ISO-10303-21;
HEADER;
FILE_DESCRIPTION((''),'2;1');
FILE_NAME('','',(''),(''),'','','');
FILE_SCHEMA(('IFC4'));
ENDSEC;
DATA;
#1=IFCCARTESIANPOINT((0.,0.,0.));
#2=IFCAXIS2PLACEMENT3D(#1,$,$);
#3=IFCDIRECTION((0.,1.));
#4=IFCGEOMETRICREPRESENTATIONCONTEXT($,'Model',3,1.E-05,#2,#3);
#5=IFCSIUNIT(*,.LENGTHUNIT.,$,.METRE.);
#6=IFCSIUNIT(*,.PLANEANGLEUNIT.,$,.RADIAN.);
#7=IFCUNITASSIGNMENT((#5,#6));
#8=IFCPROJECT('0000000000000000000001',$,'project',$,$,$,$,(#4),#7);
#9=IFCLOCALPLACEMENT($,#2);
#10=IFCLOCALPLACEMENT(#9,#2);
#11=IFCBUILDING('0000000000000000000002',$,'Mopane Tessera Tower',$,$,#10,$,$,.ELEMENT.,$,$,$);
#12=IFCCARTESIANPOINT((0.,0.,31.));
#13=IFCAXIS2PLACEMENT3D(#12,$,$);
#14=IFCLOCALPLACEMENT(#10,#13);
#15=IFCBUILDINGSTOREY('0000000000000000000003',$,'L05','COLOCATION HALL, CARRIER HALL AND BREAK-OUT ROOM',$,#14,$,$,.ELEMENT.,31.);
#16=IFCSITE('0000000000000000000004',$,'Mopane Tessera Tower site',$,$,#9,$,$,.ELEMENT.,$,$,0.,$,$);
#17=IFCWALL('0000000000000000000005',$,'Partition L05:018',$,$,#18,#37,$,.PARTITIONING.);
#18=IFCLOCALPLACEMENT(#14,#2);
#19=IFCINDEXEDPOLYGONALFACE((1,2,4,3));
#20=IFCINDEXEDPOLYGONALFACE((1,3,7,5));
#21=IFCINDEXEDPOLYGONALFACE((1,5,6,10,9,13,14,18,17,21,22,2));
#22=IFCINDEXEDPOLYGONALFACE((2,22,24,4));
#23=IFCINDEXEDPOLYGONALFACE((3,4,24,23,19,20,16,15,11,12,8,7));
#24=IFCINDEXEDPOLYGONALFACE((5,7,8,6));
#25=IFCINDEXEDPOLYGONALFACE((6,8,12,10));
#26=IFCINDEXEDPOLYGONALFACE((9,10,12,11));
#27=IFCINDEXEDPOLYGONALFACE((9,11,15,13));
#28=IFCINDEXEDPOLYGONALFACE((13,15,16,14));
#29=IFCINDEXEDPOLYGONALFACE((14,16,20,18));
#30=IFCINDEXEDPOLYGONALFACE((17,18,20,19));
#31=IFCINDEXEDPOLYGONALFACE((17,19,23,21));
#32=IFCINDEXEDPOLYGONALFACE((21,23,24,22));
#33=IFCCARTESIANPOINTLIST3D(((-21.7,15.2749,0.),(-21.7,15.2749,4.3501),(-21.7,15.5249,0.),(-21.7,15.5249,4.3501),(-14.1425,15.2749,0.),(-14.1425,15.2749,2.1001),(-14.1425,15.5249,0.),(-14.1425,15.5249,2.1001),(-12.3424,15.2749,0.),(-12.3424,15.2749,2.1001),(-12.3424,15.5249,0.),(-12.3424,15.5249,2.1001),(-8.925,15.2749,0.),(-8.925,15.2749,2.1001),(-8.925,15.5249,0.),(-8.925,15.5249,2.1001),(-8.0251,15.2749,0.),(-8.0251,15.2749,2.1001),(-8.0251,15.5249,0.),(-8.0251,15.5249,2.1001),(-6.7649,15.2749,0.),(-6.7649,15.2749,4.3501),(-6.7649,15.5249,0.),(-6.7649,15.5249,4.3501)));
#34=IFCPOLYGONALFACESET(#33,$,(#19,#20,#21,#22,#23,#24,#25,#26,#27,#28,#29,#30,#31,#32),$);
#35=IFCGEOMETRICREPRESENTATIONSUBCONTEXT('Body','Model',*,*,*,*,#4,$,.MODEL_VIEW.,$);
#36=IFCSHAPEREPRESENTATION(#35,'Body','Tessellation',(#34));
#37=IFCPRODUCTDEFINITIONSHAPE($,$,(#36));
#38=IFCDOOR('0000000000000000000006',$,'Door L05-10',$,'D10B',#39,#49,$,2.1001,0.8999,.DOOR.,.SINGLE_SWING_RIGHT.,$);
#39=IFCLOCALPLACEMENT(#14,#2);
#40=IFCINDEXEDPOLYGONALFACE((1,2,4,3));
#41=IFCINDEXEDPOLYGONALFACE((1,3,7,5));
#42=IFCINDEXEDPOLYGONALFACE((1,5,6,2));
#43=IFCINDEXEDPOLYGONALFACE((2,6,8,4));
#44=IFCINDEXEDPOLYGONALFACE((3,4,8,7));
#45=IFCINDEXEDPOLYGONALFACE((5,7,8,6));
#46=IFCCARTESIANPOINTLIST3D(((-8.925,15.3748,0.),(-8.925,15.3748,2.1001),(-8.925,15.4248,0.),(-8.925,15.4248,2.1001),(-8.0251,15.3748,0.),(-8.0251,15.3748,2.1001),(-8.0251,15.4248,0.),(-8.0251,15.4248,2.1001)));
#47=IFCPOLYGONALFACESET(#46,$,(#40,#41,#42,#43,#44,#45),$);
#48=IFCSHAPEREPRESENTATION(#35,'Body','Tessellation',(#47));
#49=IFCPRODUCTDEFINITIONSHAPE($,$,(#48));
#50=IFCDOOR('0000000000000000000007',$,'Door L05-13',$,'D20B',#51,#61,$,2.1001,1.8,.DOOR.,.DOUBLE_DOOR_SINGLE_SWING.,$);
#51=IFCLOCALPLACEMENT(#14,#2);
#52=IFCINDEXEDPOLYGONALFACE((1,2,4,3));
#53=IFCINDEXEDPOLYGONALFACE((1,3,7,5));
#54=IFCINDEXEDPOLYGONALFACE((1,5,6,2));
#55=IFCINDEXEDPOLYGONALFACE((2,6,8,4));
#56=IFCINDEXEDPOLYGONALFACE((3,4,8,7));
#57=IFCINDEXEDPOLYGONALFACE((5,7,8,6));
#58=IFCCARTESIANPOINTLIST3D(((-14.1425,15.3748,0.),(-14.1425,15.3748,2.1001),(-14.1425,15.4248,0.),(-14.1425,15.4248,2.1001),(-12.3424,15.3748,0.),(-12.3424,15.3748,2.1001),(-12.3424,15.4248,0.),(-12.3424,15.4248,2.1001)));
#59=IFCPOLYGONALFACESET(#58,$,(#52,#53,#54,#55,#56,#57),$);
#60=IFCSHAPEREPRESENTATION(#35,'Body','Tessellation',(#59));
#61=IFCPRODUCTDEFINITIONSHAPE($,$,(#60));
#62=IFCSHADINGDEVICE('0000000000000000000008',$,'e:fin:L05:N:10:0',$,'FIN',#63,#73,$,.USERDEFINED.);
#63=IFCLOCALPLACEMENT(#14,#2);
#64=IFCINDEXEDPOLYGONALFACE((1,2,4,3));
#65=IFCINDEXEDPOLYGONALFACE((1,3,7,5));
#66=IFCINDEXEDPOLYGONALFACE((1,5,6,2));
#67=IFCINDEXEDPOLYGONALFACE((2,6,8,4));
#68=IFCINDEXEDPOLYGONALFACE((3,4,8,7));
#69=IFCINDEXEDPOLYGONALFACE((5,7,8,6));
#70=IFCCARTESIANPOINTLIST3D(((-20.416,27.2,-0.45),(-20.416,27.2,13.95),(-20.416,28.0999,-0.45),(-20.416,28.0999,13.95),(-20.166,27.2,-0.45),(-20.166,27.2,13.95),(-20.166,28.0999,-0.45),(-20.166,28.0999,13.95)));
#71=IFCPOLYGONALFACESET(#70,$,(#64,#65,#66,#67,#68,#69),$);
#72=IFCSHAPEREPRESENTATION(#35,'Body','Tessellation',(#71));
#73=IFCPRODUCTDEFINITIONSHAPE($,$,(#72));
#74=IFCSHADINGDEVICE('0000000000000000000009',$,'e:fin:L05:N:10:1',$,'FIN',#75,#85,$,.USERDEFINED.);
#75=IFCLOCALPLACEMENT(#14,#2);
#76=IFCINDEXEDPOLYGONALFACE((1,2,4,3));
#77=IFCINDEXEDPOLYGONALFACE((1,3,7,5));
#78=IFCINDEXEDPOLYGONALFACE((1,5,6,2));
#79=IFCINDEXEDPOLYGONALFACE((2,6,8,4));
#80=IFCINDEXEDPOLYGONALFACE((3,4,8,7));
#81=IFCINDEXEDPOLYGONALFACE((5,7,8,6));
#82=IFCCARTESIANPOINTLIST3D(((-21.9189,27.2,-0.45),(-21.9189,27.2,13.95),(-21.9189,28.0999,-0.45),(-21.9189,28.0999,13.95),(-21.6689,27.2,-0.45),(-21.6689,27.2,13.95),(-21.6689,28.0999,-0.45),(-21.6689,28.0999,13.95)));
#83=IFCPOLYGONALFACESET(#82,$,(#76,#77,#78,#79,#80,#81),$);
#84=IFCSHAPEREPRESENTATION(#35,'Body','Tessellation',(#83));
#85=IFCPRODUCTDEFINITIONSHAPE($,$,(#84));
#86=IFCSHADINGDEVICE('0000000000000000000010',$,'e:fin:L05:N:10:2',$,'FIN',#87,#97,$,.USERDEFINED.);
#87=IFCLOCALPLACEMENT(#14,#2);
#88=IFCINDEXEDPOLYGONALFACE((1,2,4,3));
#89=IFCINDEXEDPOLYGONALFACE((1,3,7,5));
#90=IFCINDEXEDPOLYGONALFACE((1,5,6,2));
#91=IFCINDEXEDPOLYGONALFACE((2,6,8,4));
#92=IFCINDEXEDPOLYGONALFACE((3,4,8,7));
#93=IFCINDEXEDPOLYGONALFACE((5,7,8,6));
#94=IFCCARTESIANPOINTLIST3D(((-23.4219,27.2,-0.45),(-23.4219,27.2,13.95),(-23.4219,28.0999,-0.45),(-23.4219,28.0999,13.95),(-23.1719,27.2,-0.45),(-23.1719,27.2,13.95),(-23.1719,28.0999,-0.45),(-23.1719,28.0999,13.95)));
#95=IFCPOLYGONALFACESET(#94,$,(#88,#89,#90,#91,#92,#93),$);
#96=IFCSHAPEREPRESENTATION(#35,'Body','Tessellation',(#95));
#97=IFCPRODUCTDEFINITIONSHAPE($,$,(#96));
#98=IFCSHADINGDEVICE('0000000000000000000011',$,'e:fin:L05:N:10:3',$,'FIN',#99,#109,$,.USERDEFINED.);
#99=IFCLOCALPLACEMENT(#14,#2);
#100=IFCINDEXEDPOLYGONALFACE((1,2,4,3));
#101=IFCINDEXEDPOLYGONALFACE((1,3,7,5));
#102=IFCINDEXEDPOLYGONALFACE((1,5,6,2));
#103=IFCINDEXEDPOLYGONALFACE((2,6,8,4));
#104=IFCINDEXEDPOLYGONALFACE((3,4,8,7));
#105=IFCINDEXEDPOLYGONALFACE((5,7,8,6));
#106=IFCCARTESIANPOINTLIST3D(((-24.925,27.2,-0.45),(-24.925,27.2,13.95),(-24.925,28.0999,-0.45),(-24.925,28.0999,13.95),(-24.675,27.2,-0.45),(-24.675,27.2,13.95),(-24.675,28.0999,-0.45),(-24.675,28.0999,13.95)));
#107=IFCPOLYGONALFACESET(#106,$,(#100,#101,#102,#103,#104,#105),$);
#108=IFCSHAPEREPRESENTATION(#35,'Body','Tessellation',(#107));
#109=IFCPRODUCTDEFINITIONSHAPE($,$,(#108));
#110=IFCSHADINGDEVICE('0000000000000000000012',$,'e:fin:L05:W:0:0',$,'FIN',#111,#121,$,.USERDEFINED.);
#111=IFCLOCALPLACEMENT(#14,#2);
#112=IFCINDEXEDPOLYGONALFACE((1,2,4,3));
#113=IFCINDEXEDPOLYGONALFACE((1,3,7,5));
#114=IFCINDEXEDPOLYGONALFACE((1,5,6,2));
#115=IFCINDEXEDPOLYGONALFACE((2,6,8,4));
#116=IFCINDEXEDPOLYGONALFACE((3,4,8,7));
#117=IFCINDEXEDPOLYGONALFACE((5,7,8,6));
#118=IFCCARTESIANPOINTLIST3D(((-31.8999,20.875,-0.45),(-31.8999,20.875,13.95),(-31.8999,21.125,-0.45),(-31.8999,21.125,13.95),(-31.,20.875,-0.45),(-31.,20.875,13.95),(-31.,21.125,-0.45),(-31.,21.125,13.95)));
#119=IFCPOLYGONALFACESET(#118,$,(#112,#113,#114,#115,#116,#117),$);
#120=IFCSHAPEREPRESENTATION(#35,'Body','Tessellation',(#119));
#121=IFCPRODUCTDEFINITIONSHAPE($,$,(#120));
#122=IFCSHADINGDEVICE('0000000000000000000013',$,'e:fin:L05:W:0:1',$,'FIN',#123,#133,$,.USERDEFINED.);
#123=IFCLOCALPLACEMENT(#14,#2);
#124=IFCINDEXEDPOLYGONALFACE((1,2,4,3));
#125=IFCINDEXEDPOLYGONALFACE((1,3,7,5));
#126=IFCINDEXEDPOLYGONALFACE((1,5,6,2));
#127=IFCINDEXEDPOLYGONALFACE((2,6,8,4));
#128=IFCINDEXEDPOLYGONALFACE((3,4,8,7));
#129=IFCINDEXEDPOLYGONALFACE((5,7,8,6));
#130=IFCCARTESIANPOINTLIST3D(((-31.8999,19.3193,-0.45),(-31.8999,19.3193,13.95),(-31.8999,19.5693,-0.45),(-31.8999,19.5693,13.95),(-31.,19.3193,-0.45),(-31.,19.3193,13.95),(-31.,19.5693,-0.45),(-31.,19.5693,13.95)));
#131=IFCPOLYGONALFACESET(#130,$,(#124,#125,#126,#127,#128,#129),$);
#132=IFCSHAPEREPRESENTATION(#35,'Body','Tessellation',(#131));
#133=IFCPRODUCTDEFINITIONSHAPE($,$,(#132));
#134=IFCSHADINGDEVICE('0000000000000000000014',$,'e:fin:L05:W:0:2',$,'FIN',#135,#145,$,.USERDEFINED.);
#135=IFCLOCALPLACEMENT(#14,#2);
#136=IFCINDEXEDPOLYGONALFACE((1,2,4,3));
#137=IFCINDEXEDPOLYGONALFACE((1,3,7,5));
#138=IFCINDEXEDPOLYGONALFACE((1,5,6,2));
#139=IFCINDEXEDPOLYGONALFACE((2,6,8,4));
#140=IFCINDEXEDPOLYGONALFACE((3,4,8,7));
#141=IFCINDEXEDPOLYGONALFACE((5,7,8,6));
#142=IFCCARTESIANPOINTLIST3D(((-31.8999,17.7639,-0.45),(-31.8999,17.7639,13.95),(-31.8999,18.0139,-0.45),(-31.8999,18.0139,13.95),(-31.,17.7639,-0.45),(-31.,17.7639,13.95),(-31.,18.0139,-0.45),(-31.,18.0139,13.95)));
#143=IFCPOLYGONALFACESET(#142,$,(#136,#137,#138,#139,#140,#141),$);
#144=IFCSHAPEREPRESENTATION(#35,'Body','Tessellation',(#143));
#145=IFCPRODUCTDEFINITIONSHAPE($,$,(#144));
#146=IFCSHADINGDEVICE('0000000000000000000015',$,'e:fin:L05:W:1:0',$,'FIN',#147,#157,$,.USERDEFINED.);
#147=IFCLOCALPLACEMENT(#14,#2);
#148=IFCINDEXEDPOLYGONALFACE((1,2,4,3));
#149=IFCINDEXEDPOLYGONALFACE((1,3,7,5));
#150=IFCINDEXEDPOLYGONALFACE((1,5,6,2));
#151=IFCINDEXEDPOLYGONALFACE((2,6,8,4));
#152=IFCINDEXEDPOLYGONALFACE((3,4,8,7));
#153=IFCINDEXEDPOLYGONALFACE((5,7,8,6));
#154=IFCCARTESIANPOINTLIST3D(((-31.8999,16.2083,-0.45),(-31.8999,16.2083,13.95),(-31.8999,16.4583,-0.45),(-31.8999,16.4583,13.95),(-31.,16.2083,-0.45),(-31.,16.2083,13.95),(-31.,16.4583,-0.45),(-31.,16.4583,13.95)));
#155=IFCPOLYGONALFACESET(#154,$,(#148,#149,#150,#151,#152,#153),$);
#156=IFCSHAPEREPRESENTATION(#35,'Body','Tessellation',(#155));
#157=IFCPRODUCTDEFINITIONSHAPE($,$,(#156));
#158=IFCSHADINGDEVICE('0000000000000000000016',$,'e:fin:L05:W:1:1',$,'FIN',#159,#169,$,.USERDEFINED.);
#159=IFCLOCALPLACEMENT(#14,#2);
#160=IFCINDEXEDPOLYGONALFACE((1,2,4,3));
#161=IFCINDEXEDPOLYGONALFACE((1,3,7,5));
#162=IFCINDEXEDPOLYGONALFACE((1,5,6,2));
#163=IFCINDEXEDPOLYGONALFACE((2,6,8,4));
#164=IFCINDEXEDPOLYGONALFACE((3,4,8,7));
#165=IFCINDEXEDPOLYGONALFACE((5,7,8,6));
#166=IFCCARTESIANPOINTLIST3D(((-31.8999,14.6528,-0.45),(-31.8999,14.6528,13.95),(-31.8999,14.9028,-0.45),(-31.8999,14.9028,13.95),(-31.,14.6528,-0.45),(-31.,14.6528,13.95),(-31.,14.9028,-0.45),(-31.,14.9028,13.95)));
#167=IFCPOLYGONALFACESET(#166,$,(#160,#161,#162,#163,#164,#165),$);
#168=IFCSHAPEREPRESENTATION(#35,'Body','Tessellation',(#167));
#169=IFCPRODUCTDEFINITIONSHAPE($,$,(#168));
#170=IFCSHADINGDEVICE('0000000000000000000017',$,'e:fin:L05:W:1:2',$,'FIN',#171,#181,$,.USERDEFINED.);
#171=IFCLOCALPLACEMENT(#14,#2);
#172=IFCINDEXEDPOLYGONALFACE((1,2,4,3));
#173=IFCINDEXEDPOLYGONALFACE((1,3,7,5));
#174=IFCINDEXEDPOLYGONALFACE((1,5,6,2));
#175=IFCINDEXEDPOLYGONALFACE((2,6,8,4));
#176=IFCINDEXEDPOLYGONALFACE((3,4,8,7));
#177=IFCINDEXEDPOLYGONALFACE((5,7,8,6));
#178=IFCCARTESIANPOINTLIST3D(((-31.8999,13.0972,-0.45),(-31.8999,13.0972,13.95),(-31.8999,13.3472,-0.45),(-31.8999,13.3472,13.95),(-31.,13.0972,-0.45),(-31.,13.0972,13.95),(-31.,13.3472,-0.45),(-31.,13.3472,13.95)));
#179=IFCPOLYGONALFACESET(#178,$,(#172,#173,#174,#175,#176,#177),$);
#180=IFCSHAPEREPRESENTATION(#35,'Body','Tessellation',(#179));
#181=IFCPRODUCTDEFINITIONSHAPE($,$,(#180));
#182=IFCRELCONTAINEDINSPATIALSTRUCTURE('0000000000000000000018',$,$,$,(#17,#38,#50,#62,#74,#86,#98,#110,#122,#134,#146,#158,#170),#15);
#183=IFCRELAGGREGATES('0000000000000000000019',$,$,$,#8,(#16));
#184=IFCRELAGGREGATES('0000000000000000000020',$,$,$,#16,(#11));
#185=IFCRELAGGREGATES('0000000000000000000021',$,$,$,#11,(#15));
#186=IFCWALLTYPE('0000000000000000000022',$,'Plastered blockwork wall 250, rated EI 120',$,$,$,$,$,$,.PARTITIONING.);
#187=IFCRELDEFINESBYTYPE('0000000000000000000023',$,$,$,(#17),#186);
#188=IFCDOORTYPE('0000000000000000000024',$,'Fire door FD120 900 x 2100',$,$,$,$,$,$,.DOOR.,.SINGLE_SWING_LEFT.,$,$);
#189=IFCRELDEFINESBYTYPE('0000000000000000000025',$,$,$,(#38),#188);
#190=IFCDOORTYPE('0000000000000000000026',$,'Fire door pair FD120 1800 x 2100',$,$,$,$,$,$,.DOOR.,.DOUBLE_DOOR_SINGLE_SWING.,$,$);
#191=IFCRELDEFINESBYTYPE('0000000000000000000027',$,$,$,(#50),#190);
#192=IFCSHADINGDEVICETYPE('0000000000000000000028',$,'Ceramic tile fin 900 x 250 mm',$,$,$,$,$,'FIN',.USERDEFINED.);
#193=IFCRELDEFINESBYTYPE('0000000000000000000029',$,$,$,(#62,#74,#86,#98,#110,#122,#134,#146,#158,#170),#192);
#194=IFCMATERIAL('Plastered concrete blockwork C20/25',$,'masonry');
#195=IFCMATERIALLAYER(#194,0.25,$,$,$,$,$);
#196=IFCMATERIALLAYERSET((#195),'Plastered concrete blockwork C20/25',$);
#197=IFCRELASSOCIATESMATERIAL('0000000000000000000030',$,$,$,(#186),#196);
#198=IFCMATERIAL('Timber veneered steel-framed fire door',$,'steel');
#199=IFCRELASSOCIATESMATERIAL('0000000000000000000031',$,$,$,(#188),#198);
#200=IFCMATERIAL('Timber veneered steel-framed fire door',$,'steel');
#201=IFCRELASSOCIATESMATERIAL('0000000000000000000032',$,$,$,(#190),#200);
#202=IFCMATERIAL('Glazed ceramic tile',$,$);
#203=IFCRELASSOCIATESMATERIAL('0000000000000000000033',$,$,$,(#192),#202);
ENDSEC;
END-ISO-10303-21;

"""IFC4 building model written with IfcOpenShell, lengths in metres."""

from ifc_helpers import new_model, si_unit, direction, frame, frame_2d, origin, origin_2d, place, context, subcontext, project, spatial, rectangle, extrude, material, layer, layer_set, type_object, element, fill, save


model = new_model("IFC4")

# Units and contexts
model_context = context("Model", 3, precision=1e-05, world=origin(), true_north=direction((0.0, 1.0)))
body_context = subcontext(model_context, "Body", "Model", "MODEL_VIEW")
ifc_project = project(units=[si_unit("LENGTHUNIT", "METRE"), si_unit("PLANEANGLEUNIT", "RADIAN")], contexts=[model_context])

# Site, building, storey
site_placement = place(None, origin())
site = spatial("IfcSite", under=ifc_project, at=site_placement, Name="Mopane Tessera Tower site", CompositionType="ELEMENT", RefElevation=0.0)
building_placement = place(site_placement, origin())
building = spatial("IfcBuilding", under=site, at=building_placement, Name="Mopane Tessera Tower", CompositionType="ELEMENT")
storey_placement = place(building_placement, frame((0.0, 0.0, 31.0)))
storey = spatial("IfcBuildingStorey", under=building, at=storey_placement, Name="L05", Description="COLOCATION HALL, CARRIER HALL AND BREAK-OUT ROOM", CompositionType="ELEMENT", Elevation=31.0)

# Wall, openings, doors
ifc_material_1 = material(Name="Plastered concrete blockwork C20/25", Category="masonry")
ifc_layer_1 = layer(ifc_material_1, 0.25)
ifc_layer_set_1 = layer_set([ifc_layer_1], Name="Plastered concrete blockwork C20/25")
wall_type_1 = type_object("IfcWallType", Name="Plastered blockwork wall 250, rated EI 120", PredefinedType="PARTITIONING", material=ifc_layer_set_1)
wall_1_placement = place(storey_placement, frame((-21.7, 15.3999, 0.0), z_axis=(0.0, 0.0, 1.0), x_axis=(1.0, 0.0, 0.0)))
wall_1 = element("IfcWall", 1, at=wall_1_placement, inside=storey, type_object=wall_type_1, Name="Partition L05:018", PredefinedType="PARTITIONING", context=body_context, shape_type="SweptSolid", body=[
    extrude(rectangle(XDim=14.9351, YDim=0.25, at=frame_2d((7.4675, 0.0))), origin(), (0.0, 0.0, 1.0), 4.3501),
])
opening_1_placement = place(wall_1_placement, frame((12.7749, 0.0, 0.0)))
opening_1 = element("IfcOpeningElement", 2, at=opening_1_placement, cuts=wall_1, PredefinedType="OPENING", context=body_context, shape_type="SweptSolid", body=[
    extrude(rectangle(XDim=0.8999, YDim=2.1001, at=frame_2d((0.45, 1.05))), frame((0.0, 0.137, 0.0), z_axis=(0.0, -1.0, 0.0), x_axis=(1.0, 0.0, 0.0)), (0.0, 0.0, 1.0), 0.2739),
])
opening_2_placement = place(wall_1_placement, frame((7.5576, 0.0, 0.0)))
opening_2 = element("IfcOpeningElement", 3, at=opening_2_placement, cuts=wall_1, PredefinedType="OPENING", context=body_context, shape_type="SweptSolid", body=[
    extrude(rectangle(XDim=1.8, YDim=2.1001, at=frame_2d((0.8999, 1.05))), frame((0.0, 0.137, 0.0), z_axis=(0.0, -1.0, 0.0), x_axis=(1.0, 0.0, 0.0)), (0.0, 0.0, 1.0), 0.2739),
])
ifc_material_2 = material(Name="Timber veneered steel-framed fire door", Category="steel")
door_type_1 = type_object("IfcDoorType", Name="Fire door FD120 900 x 2100", OperationType="SINGLE_SWING_LEFT", PredefinedType="DOOR", material=ifc_material_2)
door_1_placement = place(opening_1_placement, origin())
door_1 = element("IfcDoor", 4, at=door_1_placement, inside=storey, type_object=door_type_1, Name="Door L05-10", ObjectType="D10B", OperationType="SINGLE_SWING_RIGHT", OverallHeight=2.1001, OverallWidth=0.8999, PredefinedType="DOOR", context=body_context, shape_type="SweptSolid", body=[
    extrude(rectangle(XDim=0.8999, YDim=2.1001, at=frame_2d((0.45, 1.05))), frame((0.0, 0.0249, 0.0), z_axis=(0.0, -1.0, 0.0), x_axis=(1.0, 0.0, 0.0)), (0.0, 0.0, 1.0), 0.05),
])
fill(opening_1, door_1)
ifc_material_3 = material(Name="Timber veneered steel-framed fire door", Category="steel")
door_type_2 = type_object("IfcDoorType", Name="Fire door pair FD120 1800 x 2100", OperationType="DOUBLE_DOOR_SINGLE_SWING", PredefinedType="DOOR", material=ifc_material_3)
door_2_placement = place(opening_2_placement, origin())
door_2 = element("IfcDoor", 5, at=door_2_placement, inside=storey, type_object=door_type_2, Name="Door L05-13", ObjectType="D20B", OperationType="DOUBLE_DOOR_SINGLE_SWING", OverallHeight=2.1001, OverallWidth=1.8, PredefinedType="DOOR", context=body_context, shape_type="SweptSolid", body=[
    extrude(rectangle(XDim=1.8, YDim=2.1001, at=frame_2d((0.8999, 1.05))), frame((0.0, 0.0249, 0.0), z_axis=(0.0, -1.0, 0.0), x_axis=(1.0, 0.0, 0.0)), (0.0, 0.0, 1.0), 0.05),
])
fill(opening_2, door_2)

# Shading devices
ifc_material_4 = material(Name="Glazed ceramic tile")
shading_device_type = type_object("IfcShadingDeviceType", Name="Ceramic tile fin 900 x 250 mm", ElementType="FIN", PredefinedType="USERDEFINED", material=ifc_material_4)
for number, where, z_axis, x_axis, name in (
    (6, (-20.291, 27.6499, -0.45), (0.0, 0.0, 1.0), (-1.0, 0.0, 0.0), "e:fin:L05:N:10:0"),
    (7, (-21.7939, 27.6499, -0.45), (0.0, 0.0, 1.0), (-1.0, 0.0, 0.0), "e:fin:L05:N:10:1"),
    (8, (-23.2969, 27.6499, -0.45), (0.0, 0.0, 1.0), (-1.0, 0.0, 0.0), "e:fin:L05:N:10:2"),
    (9, (-24.8, 27.6499, -0.45), (0.0, 0.0, 1.0), (-1.0, 0.0, 0.0), "e:fin:L05:N:10:3"),
    (10, (-31.45, 21.0, -0.45), (0.0, 0.0, 1.0), (0.0, -1.0, 0.0), "e:fin:L05:W:0:0"),
    (11, (-31.45, 19.4443, -0.45), (0.0, 0.0, 1.0), (0.0, -1.0, 0.0), "e:fin:L05:W:0:1"),
    (12, (-31.45, 17.8889, -0.45), (0.0, 0.0, 1.0), (0.0, -1.0, 0.0), "e:fin:L05:W:0:2"),
    (13, (-31.45, 16.3333, -0.45), (0.0, 0.0, 1.0), (0.0, -1.0, 0.0), "e:fin:L05:W:1:0"),
    (14, (-31.45, 14.7778, -0.45), (0.0, 0.0, 1.0), (0.0, -1.0, 0.0), "e:fin:L05:W:1:1"),
    (15, (-31.45, 13.2222, -0.45), (0.0, 0.0, 1.0), (0.0, -1.0, 0.0), "e:fin:L05:W:1:2"),
):
    element("IfcShadingDevice", number, at=place(storey_placement, frame(where, z_axis=z_axis, x_axis=x_axis)), inside=storey, type_object=shading_device_type, Name=name, ObjectType="FIN", PredefinedType="USERDEFINED", context=body_context, shape_type="SweptSolid", body=[
        extrude(rectangle(XDim=0.25, YDim=0.8999, at=origin_2d()), origin(), (0.0, 0.0, 1.0), 14.3999),
    ])

save(model, "model.ifc")
